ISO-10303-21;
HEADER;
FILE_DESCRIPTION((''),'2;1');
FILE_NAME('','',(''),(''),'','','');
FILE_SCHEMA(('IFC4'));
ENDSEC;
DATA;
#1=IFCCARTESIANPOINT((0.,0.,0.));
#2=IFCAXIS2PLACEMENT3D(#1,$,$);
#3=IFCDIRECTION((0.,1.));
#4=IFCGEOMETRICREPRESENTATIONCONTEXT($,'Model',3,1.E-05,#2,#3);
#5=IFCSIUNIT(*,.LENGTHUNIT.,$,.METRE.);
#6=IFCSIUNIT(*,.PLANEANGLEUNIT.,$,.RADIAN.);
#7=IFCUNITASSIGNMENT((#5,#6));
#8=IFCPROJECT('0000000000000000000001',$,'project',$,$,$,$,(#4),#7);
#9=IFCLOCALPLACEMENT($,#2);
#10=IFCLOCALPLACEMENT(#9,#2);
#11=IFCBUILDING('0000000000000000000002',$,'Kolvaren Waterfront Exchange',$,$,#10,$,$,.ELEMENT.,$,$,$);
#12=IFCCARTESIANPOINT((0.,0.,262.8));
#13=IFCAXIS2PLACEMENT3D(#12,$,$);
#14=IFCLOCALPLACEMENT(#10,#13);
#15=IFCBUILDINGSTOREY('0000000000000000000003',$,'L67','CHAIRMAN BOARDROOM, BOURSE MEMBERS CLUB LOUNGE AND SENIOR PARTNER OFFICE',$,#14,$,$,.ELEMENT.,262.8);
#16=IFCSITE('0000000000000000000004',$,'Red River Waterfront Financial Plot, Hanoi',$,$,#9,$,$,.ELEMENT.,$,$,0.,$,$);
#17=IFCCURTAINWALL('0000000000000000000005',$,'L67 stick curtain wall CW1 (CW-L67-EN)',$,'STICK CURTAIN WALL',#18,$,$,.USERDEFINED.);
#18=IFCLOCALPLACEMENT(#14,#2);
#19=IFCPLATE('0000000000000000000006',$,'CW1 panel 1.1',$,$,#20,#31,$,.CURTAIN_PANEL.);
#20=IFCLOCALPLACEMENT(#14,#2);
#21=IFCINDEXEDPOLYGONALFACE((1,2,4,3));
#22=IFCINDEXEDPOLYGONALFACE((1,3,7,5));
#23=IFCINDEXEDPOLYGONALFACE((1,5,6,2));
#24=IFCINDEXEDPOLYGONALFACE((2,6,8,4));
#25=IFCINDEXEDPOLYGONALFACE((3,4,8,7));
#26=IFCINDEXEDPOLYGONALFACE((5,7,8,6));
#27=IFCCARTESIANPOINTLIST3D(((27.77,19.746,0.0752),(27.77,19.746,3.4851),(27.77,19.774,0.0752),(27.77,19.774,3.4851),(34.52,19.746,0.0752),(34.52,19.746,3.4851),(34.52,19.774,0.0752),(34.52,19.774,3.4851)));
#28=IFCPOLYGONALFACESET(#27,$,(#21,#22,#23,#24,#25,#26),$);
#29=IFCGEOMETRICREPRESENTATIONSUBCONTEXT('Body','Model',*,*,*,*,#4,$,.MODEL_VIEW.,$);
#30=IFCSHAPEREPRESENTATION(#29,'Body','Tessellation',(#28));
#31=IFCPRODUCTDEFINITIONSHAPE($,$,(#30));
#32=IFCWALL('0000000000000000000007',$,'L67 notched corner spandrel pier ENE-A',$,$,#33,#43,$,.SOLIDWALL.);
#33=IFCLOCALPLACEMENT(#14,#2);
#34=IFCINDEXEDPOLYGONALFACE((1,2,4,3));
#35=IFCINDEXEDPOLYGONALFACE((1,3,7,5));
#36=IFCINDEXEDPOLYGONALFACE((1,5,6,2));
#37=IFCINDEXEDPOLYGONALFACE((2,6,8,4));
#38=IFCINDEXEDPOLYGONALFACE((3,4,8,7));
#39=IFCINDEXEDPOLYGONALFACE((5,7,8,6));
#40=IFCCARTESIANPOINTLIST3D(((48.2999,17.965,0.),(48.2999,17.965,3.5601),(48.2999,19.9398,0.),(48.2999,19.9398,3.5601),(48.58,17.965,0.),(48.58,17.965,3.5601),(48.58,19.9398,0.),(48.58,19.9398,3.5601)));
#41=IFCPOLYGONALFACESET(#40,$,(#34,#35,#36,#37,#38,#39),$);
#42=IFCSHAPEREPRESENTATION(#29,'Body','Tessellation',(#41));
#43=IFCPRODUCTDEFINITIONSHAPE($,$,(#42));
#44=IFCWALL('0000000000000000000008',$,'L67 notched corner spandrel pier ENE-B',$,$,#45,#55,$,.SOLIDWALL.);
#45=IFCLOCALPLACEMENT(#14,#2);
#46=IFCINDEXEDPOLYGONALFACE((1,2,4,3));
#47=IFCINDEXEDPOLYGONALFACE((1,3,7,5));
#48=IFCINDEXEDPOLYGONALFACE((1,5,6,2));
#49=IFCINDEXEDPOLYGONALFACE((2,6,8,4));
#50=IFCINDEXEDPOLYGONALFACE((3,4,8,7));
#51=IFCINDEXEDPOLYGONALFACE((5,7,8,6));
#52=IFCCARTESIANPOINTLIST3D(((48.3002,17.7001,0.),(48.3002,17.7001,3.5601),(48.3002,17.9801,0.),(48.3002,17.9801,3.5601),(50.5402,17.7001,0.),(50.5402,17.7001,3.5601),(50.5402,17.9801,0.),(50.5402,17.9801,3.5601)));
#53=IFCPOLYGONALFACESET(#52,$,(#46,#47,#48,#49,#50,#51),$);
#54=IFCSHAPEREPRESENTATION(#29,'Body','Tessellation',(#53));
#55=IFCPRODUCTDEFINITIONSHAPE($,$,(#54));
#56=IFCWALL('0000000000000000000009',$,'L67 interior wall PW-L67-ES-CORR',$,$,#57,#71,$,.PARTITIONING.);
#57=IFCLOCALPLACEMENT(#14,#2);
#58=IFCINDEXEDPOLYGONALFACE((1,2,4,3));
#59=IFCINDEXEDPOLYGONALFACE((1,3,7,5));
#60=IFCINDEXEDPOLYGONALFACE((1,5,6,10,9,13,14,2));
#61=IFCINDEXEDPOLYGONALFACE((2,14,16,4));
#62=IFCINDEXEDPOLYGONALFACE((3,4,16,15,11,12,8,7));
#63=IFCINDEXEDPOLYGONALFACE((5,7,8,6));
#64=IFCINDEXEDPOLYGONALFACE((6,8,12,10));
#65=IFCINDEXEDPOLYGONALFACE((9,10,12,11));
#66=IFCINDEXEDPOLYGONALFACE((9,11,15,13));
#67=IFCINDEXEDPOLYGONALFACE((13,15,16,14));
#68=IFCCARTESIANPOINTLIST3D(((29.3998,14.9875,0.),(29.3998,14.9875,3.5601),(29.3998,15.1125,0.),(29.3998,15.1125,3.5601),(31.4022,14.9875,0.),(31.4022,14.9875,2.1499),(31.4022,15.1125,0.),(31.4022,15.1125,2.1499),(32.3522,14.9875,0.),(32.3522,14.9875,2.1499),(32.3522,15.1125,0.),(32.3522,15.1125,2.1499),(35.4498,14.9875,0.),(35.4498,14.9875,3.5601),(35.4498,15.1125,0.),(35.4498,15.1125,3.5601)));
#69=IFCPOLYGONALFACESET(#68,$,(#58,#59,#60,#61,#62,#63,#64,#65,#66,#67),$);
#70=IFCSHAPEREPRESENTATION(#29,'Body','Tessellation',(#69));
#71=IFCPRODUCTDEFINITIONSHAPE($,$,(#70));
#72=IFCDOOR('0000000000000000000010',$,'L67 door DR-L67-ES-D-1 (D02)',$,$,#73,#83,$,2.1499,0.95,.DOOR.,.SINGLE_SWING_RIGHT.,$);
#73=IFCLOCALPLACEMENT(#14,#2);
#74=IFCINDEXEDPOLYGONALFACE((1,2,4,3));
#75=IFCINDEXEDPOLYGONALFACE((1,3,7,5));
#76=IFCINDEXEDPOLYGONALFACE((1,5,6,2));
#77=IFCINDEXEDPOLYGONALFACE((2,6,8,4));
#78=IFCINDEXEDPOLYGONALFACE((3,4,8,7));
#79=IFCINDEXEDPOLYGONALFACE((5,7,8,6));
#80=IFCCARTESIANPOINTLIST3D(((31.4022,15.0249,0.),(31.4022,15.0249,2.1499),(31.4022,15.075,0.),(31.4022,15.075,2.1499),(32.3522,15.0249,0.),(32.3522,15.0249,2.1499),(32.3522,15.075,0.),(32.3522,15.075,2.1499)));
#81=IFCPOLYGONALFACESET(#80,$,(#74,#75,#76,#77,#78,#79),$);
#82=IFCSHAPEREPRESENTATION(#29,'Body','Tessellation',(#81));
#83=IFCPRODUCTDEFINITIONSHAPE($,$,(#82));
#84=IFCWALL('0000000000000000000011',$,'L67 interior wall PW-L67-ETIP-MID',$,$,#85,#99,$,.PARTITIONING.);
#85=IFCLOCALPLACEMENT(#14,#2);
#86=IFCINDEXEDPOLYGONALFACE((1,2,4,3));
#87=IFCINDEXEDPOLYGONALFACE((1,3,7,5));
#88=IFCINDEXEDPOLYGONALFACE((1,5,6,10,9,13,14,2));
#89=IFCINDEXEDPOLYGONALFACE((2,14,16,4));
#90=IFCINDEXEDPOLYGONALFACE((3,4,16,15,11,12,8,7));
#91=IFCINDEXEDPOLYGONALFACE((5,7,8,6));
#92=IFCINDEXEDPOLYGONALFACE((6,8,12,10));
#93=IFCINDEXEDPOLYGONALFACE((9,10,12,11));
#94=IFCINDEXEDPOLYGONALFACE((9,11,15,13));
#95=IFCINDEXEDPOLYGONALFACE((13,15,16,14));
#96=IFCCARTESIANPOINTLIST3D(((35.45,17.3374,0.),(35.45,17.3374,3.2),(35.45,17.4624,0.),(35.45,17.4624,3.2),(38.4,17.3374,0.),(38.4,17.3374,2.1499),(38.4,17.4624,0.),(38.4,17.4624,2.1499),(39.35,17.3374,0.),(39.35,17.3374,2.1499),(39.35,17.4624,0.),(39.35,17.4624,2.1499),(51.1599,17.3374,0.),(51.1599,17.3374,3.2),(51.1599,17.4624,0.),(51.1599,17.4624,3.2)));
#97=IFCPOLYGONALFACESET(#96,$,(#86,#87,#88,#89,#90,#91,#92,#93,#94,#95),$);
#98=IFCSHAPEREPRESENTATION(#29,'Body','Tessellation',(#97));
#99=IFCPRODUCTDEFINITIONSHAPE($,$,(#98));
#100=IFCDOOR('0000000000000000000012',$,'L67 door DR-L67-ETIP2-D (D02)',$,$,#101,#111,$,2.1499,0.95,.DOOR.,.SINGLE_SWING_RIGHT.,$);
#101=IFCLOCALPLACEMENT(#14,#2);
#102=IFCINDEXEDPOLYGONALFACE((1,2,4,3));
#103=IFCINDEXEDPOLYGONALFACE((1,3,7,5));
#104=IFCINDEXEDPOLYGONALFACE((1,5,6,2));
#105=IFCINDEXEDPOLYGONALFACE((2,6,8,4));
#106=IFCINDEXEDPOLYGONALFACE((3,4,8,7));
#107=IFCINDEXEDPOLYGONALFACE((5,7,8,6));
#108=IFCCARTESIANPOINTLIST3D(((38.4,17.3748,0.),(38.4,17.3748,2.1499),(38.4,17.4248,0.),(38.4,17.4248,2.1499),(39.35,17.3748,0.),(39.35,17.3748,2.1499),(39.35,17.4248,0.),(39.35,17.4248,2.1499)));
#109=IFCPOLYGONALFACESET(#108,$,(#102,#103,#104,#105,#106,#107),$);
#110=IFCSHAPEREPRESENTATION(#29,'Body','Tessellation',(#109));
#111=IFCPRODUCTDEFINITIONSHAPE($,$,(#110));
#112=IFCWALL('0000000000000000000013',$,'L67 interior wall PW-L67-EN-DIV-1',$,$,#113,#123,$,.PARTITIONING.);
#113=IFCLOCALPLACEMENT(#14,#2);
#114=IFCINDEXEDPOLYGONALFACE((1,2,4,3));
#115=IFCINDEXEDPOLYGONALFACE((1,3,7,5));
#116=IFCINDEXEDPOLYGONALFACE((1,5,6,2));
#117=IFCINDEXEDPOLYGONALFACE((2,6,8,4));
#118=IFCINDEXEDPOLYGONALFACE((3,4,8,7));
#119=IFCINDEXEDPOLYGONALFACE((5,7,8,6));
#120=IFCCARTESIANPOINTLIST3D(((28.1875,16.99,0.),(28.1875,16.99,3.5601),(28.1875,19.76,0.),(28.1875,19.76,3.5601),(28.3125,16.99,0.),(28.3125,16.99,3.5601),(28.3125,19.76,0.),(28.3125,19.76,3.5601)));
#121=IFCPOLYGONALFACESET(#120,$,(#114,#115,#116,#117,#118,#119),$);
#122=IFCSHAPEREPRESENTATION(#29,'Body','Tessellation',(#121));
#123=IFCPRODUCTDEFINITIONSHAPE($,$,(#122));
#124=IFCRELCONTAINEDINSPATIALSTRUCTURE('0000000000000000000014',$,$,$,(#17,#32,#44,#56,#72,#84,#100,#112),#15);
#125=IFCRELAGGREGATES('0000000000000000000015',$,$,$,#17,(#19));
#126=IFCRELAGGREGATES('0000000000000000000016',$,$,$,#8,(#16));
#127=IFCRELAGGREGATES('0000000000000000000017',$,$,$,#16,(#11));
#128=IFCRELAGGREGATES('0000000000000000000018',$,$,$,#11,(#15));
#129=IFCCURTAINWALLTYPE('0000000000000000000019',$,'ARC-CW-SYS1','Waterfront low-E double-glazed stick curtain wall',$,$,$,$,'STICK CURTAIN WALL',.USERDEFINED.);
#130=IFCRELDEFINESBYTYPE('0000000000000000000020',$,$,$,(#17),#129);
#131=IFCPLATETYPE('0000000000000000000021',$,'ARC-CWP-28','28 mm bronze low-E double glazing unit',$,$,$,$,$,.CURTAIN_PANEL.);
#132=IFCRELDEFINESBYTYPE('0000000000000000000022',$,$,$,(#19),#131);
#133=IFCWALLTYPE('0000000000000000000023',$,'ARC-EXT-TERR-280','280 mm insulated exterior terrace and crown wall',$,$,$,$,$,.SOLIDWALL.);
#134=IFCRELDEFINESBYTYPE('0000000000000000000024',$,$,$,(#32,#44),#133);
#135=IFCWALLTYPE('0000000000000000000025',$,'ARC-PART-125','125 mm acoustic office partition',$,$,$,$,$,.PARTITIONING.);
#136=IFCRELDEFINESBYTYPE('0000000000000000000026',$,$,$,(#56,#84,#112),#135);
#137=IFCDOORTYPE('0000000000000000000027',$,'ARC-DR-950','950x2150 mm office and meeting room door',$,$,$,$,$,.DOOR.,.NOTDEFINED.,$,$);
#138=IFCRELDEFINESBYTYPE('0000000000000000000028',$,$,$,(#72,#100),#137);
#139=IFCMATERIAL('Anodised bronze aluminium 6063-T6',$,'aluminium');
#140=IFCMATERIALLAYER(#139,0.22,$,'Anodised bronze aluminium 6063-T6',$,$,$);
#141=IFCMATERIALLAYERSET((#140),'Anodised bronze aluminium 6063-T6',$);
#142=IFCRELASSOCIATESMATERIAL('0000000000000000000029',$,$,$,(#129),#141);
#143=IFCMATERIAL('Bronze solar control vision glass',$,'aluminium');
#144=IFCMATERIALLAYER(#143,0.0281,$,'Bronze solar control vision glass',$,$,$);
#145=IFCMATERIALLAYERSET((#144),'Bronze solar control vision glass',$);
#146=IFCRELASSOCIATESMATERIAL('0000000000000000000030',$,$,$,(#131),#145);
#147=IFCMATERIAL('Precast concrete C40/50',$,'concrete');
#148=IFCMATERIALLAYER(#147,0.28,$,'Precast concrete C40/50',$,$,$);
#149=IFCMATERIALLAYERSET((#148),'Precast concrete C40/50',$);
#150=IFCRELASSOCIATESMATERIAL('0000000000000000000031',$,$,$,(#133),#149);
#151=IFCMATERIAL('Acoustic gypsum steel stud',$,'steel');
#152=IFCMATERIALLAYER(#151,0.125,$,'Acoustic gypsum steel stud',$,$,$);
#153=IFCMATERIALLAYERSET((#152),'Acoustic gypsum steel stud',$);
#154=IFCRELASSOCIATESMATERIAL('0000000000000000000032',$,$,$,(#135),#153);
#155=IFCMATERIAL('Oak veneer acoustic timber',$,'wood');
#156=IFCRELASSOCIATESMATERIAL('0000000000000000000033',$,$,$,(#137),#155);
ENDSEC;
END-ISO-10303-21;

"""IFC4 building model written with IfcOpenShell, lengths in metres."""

from ifc_helpers import new_model, si_unit, direction, frame, frame_2d, origin, origin_with_axes, origin_2d, place, context, subcontext, project, spatial, rectangle, extrude, source, transform, mapped, material, layer, layer_set, type_object, element, fill, aggregate, save


model = new_model("IFC4")

# Units and contexts
model_context = context("Model", 3, precision=1e-05, world=origin(), true_north=direction((0.0, 1.0)))
body_context = subcontext(model_context, "Body", "Model", "MODEL_VIEW")
ifc_project = project(units=[si_unit("LENGTHUNIT", "METRE"), si_unit("PLANEANGLEUNIT", "RADIAN")], contexts=[model_context])

# Site, building, storey
site_placement = place(None, origin())
site = spatial("IfcSite", under=ifc_project, at=site_placement, Name="Red River Waterfront Financial Plot, Hanoi", CompositionType="ELEMENT", RefElevation=0.0)
building_placement = place(site_placement, origin())
building = spatial("IfcBuilding", under=site, at=building_placement, Name="Kolvaren Waterfront Exchange", CompositionType="ELEMENT")
storey_placement = place(building_placement, frame((0.0, 0.0, 262.8)))
storey = spatial("IfcBuildingStorey", under=building, at=storey_placement, Name="L67", Description="CHAIRMAN BOARDROOM, BOURSE MEMBERS CLUB LOUNGE AND SENIOR PARTNER OFFICE", CompositionType="ELEMENT", Elevation=262.8)

# Curtain wall, plate
ifc_material_1 = material(Name="Anodised bronze aluminium 6063-T6", Category="aluminium")
ifc_layer_1 = layer(ifc_material_1, 0.22, Name="Anodised bronze aluminium 6063-T6")
ifc_layer_set_1 = layer_set([ifc_layer_1], Name="Anodised bronze aluminium 6063-T6")
curtain_wall_type = type_object("IfcCurtainWallType", Name="ARC-CW-SYS1", Description="Waterfront low-E double-glazed stick curtain wall", ElementType="STICK CURTAIN WALL", PredefinedType="USERDEFINED", material=ifc_layer_set_1)
curtain_wall_placement = place(storey_placement, origin())
curtain_wall = element("IfcCurtainWall", 1, at=curtain_wall_placement, inside=storey, type_object=curtain_wall_type, Name="L67 stick curtain wall CW1 (CW-L67-EN)", ObjectType="STICK CURTAIN WALL", PredefinedType="USERDEFINED")
ifc_material_2 = material(Name="Bronze solar control vision glass", Category="aluminium")
ifc_layer_2 = layer(ifc_material_2, 0.0281, Name="Bronze solar control vision glass")
ifc_layer_set_2 = layer_set([ifc_layer_2], Name="Bronze solar control vision glass")
plate_type = type_object("IfcPlateType", Name="ARC-CWP-28", Description="28 mm bronze low-E double glazing unit", PredefinedType="CURTAIN_PANEL", material=ifc_layer_set_2)
shared_shape_1 = source(origin_with_axes(), body_context, "Body", "SweptSolid", [
    extrude(rectangle(XDim=6.75, YDim=0.0281, at=origin_2d()), origin(), (0.0, 0.0, 1.0), 3.4099),
])
plate_placement = place(storey_placement, frame((31.145, 19.76, 0.0752), z_axis=(0.0, 0.0, 1.0), x_axis=(1.0, 0.0, 0.0)))
plate = element("IfcPlate", 2, at=plate_placement, type_object=plate_type, Name="CW1 panel 1.1", PredefinedType="CURTAIN_PANEL", context=body_context, shape_type="MappedRepresentation", body=[
    mapped(shared_shape_1, transform((0.0, 0.0, 0.0), x_axis=(1.0, 0.0, 0.0), y_axis=(0.0, 1.0, 0.0), z_axis=(0.0, 0.0, 1.0), scale=1.0)),
])
aggregate(curtain_wall, [plate])

# Walls
ifc_material_3 = material(Name="Precast concrete C40/50", Category="concrete")
ifc_layer_3 = layer(ifc_material_3, 0.28, Name="Precast concrete C40/50")
ifc_layer_set_3 = layer_set([ifc_layer_3], Name="Precast concrete C40/50")
wall_type_1 = type_object("IfcWallType", Name="ARC-EXT-TERR-280", Description="280 mm insulated exterior terrace and crown wall", PredefinedType="SOLIDWALL", material=ifc_layer_set_3)
wall_1_placement = place(storey_placement, frame((48.4399, 17.9651, 0.0), z_axis=(0.0, 0.0, 1.0), x_axis=(0.0, 1.0, 0.0)))
element("IfcWall", 3, at=wall_1_placement, inside=storey, type_object=wall_type_1, Name="L67 notched corner spandrel pier ENE-A", PredefinedType="SOLIDWALL", context=body_context, shape_type="SweptSolid", body=[
    extrude(rectangle(XDim=1.9749, YDim=0.28, at=frame_2d((0.9873, 0.0))), origin(), (0.0, 0.0, 1.0), 3.5601),
])
wall_2_placement = place(storey_placement, frame((48.3, 17.8401, 0.0), z_axis=(0.0, 0.0, 1.0), x_axis=(1.0, 0.0, 0.0)))
element("IfcWall", 4, at=wall_2_placement, inside=storey, type_object=wall_type_1, Name="L67 notched corner spandrel pier ENE-B", PredefinedType="SOLIDWALL", context=body_context, shape_type="SweptSolid", body=[
    extrude(rectangle(XDim=2.24, YDim=0.28, at=frame_2d((1.1201, 0.0))), origin(), (0.0, 0.0, 1.0), 3.5601),
])

# Walls, openings, doors
ifc_material_4 = material(Name="Acoustic gypsum steel stud", Category="steel")
ifc_layer_4 = layer(ifc_material_4, 0.125, Name="Acoustic gypsum steel stud")
ifc_layer_set_4 = layer_set([ifc_layer_4], Name="Acoustic gypsum steel stud")
wall_type_2 = type_object("IfcWallType", Name="ARC-PART-125", Description="125 mm acoustic office partition", PredefinedType="PARTITIONING", material=ifc_layer_set_4)
wall_3_placement = place(storey_placement, frame((29.3999, 15.05, 0.0), z_axis=(0.0, 0.0, 1.0), x_axis=(1.0, 0.0, 0.0)))
wall_3 = element("IfcWall", 5, at=wall_3_placement, inside=storey, type_object=wall_type_2, Name="L67 interior wall PW-L67-ES-CORR", PredefinedType="PARTITIONING", context=body_context, shape_type="SweptSolid", body=[
    extrude(rectangle(XDim=6.05, YDim=0.125, at=frame_2d((3.0249, 0.0))), origin(), (0.0, 0.0, 1.0), 3.5601),
])
opening_1_placement = place(wall_3_placement, frame((2.0022, 0.0, 0.0)))
opening_1 = element("IfcOpeningElement", 6, at=opening_1_placement, cuts=wall_3, PredefinedType="OPENING", context=body_context, shape_type="SweptSolid", body=[
    extrude(rectangle(XDim=0.95, YDim=2.1499, at=frame_2d((0.4751, 1.075))), frame((0.0, 0.0725, 0.0), z_axis=(0.0, -1.0, 0.0), x_axis=(1.0, 0.0, 0.0)), (0.0, 0.0, 1.0), 0.145),
])
ifc_material_5 = material(Name="Oak veneer acoustic timber", Category="wood")
door_type = type_object("IfcDoorType", Name="ARC-DR-950", Description="950x2150 mm office and meeting room door", OperationType="NOTDEFINED", PredefinedType="DOOR", material=ifc_material_5)
door_1_placement = place(opening_1_placement, origin())
door_1 = element("IfcDoor", 7, at=door_1_placement, inside=storey, type_object=door_type, Name="L67 door DR-L67-ES-D-1 (D02)", OperationType="SINGLE_SWING_RIGHT", OverallHeight=2.1499, OverallWidth=0.95, PredefinedType="DOOR", context=body_context, shape_type="SweptSolid", body=[
    extrude(rectangle(XDim=0.95, YDim=2.1499, at=frame_2d((0.4751, 1.075))), frame((0.0, 0.0249, 0.0), z_axis=(0.0, -1.0, 0.0), x_axis=(1.0, 0.0, 0.0)), (0.0, 0.0, 1.0), 0.05),
])
fill(opening_1, door_1)
wall_4_placement = place(storey_placement, frame((35.45, 17.3999, 0.0), z_axis=(0.0, 0.0, 1.0), x_axis=(1.0, 0.0, 0.0)))
wall_4 = element("IfcWall", 8, at=wall_4_placement, inside=storey, type_object=wall_type_2, Name="L67 interior wall PW-L67-ETIP-MID", PredefinedType="PARTITIONING", context=body_context, shape_type="SweptSolid", body=[
    extrude(rectangle(XDim=15.71, YDim=0.125, at=frame_2d((7.855, 0.0))), origin(), (0.0, 0.0, 1.0), 3.2),
])
opening_2_placement = place(wall_4_placement, frame((2.95, 0.0, 0.0)))
opening_2 = element("IfcOpeningElement", 9, at=opening_2_placement, cuts=wall_4, PredefinedType="OPENING", context=body_context, shape_type="SweptSolid", body=[
    extrude(rectangle(XDim=0.95, YDim=2.1499, at=frame_2d((0.4751, 1.075))), frame((0.0, 0.0725, 0.0), z_axis=(0.0, -1.0, 0.0), x_axis=(1.0, 0.0, 0.0)), (0.0, 0.0, 1.0), 0.145),
])
door_2_placement = place(opening_2_placement, origin())
door_2 = element("IfcDoor", 10, at=door_2_placement, inside=storey, type_object=door_type, Name="L67 door DR-L67-ETIP2-D (D02)", OperationType="SINGLE_SWING_RIGHT", OverallHeight=2.1499, OverallWidth=0.95, PredefinedType="DOOR", context=body_context, shape_type="SweptSolid", body=[
    extrude(rectangle(XDim=0.95, YDim=2.1499, at=frame_2d((0.4751, 1.075))), frame((0.0, 0.0249, 0.0), z_axis=(0.0, -1.0, 0.0), x_axis=(1.0, 0.0, 0.0)), (0.0, 0.0, 1.0), 0.05),
])
fill(opening_2, door_2)

# Wall
wall_5_placement = place(storey_placement, frame((28.25, 16.99, 0.0), z_axis=(0.0, 0.0, 1.0), x_axis=(0.0, 1.0, 0.0)))
element("IfcWall", 11, at=wall_5_placement, inside=storey, type_object=wall_type_2, Name="L67 interior wall PW-L67-EN-DIV-1", PredefinedType="PARTITIONING", context=body_context, shape_type="SweptSolid", body=[
    extrude(rectangle(XDim=2.77, YDim=0.125, at=frame_2d((1.385, 0.0))), origin(), (0.0, 0.0, 1.0), 3.5601),
])

save(model, "model.ifc")
